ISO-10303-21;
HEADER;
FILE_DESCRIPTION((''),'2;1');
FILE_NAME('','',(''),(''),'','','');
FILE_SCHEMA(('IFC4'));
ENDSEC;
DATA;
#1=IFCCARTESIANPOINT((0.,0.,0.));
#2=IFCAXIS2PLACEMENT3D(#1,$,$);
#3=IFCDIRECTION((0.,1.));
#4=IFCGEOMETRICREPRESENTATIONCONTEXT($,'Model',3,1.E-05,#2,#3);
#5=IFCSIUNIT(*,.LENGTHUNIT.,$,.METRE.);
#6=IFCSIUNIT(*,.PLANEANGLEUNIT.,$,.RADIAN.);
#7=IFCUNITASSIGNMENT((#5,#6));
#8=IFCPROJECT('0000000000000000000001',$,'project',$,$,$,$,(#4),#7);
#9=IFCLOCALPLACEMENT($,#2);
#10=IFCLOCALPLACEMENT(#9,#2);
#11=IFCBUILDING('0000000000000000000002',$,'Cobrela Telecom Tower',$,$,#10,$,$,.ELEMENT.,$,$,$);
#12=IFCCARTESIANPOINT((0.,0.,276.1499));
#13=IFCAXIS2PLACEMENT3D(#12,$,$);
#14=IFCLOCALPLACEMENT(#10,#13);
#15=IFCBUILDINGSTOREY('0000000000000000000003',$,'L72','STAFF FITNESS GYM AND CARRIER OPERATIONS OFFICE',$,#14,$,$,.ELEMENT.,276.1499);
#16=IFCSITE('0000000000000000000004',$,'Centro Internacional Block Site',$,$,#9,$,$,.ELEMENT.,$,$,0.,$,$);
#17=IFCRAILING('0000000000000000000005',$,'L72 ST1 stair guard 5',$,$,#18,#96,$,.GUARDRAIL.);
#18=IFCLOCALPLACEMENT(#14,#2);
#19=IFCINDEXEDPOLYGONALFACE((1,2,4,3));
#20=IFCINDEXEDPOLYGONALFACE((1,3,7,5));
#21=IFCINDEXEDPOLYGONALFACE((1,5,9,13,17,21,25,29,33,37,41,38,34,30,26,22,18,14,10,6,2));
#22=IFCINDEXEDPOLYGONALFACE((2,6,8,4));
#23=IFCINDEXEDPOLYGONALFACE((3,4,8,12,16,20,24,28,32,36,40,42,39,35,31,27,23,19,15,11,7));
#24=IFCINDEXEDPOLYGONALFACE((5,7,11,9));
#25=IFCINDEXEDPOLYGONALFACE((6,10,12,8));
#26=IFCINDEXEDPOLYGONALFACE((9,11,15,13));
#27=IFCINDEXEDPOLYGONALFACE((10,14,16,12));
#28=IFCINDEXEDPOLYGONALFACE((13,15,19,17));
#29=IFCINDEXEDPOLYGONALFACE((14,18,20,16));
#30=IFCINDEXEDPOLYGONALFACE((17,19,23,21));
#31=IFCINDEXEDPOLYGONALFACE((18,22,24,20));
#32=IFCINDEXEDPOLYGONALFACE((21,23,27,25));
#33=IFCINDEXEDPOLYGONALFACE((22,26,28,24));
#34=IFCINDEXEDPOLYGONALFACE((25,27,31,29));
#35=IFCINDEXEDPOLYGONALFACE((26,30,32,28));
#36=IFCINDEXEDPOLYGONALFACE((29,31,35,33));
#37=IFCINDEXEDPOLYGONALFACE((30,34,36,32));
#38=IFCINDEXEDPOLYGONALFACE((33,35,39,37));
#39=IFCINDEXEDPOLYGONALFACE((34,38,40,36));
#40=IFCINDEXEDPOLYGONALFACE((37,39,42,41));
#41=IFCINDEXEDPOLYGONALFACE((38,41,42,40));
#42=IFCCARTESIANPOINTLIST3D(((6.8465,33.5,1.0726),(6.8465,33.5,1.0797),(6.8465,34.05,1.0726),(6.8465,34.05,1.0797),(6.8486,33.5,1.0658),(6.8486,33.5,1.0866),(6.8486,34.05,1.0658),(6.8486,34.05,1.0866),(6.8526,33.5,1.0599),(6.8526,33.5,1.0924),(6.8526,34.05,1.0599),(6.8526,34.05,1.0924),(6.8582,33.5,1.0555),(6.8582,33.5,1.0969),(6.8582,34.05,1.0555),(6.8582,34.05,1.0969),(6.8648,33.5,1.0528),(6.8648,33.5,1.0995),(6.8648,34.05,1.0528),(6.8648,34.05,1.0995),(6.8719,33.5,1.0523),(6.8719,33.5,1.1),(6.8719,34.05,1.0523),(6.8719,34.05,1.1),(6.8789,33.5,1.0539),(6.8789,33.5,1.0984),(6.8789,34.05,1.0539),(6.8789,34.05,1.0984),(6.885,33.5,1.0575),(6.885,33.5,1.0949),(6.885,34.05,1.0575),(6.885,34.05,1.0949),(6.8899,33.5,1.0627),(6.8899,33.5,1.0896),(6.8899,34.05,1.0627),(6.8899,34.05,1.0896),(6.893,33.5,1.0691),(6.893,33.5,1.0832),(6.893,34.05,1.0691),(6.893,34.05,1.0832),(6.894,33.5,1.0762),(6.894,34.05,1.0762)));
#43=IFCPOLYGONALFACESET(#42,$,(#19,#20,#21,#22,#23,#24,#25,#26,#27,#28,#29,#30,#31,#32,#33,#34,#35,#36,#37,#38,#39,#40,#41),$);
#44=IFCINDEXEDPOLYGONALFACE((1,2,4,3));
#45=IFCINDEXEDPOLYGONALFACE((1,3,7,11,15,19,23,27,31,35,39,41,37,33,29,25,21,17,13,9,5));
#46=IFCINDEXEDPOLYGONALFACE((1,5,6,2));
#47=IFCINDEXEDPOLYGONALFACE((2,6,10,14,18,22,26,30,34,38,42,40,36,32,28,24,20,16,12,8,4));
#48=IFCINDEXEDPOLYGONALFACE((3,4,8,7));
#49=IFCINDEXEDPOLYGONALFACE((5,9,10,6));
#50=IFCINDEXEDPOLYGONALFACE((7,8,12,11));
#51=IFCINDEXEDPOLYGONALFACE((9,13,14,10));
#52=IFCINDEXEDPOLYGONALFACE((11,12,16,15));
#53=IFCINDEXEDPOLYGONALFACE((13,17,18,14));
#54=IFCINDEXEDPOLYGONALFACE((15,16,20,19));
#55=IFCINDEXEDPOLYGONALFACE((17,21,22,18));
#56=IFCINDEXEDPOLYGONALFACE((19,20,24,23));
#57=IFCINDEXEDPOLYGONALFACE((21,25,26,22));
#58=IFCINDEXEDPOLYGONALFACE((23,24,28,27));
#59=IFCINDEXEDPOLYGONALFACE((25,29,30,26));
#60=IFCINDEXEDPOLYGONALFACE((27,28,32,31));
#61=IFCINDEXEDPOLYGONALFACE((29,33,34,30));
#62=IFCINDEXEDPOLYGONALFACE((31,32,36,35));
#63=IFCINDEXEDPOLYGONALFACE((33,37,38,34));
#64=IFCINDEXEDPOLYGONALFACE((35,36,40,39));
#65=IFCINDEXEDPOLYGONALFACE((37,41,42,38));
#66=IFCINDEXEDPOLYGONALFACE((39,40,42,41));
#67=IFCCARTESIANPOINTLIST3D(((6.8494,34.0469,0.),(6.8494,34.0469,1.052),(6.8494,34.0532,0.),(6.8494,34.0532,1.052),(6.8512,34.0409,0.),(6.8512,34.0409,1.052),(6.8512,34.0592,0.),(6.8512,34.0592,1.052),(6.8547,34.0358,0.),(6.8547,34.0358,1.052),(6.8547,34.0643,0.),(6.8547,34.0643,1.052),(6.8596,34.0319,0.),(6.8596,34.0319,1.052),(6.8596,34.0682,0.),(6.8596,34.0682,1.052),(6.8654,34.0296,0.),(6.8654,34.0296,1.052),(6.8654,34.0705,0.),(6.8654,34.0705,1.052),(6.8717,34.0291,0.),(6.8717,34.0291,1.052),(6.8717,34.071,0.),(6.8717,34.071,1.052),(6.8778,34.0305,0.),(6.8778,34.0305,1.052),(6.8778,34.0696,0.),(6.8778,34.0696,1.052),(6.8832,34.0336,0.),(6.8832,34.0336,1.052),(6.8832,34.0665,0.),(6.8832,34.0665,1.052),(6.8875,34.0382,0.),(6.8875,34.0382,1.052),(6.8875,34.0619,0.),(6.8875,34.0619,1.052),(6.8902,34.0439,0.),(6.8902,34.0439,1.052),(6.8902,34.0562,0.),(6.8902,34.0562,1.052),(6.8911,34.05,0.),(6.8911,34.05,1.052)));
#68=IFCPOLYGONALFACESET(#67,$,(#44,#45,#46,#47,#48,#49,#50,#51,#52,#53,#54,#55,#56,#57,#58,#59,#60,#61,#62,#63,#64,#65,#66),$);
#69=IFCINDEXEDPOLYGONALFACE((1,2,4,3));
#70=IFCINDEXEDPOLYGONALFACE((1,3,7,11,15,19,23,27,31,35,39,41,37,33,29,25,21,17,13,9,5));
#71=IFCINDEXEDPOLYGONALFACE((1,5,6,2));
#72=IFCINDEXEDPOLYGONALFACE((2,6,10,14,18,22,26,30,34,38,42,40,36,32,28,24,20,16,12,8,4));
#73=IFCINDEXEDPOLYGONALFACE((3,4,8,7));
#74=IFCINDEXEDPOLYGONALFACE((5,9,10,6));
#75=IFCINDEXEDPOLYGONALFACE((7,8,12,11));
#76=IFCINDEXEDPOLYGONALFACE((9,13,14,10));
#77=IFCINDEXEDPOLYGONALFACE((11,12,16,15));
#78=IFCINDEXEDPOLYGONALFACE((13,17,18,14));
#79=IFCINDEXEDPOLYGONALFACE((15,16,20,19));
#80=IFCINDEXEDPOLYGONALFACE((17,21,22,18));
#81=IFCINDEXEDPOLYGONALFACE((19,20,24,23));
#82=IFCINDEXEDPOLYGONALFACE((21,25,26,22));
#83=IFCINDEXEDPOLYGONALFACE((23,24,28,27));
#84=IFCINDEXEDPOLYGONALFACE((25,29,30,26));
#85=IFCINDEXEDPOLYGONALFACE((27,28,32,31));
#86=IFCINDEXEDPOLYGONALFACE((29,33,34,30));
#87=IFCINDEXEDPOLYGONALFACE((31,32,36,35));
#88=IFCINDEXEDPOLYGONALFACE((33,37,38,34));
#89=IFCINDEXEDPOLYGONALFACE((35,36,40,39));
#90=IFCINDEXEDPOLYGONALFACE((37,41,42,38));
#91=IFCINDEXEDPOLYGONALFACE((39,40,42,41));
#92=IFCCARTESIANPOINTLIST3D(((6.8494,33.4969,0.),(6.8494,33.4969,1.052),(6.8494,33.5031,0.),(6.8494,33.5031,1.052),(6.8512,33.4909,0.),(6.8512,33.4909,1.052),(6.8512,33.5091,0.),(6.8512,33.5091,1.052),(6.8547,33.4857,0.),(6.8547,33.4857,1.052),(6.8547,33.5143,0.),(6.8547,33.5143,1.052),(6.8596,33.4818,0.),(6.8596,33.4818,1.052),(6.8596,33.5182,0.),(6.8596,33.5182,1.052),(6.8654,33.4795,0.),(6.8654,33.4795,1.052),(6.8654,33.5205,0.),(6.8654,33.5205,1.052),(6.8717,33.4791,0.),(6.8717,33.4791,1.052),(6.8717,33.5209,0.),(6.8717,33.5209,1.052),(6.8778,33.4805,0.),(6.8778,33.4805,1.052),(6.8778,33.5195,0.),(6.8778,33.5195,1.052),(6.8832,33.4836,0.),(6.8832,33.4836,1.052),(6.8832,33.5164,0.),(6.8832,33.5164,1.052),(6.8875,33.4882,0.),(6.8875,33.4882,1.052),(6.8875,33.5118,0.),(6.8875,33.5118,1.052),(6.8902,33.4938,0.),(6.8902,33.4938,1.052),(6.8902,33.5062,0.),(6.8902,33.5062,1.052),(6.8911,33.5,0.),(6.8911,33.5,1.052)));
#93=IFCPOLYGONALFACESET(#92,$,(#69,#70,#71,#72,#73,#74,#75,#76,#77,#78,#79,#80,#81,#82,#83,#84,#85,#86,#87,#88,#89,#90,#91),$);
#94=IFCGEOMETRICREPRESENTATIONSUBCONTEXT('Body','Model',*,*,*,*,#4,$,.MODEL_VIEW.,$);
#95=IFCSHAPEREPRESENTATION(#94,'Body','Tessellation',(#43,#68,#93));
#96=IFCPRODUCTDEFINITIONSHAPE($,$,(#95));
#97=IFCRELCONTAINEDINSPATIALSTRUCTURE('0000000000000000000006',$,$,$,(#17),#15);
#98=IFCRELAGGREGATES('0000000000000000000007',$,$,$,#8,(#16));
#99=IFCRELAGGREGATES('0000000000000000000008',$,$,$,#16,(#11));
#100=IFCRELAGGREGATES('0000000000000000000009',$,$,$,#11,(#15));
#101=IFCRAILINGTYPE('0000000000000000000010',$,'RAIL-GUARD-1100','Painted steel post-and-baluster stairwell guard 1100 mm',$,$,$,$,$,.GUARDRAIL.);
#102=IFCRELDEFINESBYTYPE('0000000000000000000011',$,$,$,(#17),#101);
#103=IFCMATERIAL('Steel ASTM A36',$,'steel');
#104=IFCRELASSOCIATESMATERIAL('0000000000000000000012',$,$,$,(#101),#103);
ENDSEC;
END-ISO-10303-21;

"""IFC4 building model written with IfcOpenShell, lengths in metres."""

from ifc_helpers import new_model, si_unit, direction, frame, origin, origin_2d, place, context, subcontext, project, spatial, circle, extrude, material, type_object, element, save


model = new_model("IFC4")

# Units and contexts
model_context = context("Model", 3, precision=1e-05, world=origin(), true_north=direction((0.0, 1.0)))
body_context = subcontext(model_context, "Body", "Model", "MODEL_VIEW")
ifc_project = project(units=[si_unit("LENGTHUNIT", "METRE"), si_unit("PLANEANGLEUNIT", "RADIAN")], contexts=[model_context])

# Site, building, storey
site_placement = place(None, origin())
site = spatial("IfcSite", under=ifc_project, at=site_placement, Name="Centro Internacional Block Site", CompositionType="ELEMENT", RefElevation=0.0)
building_placement = place(site_placement, origin())
building = spatial("IfcBuilding", under=site, at=building_placement, Name="Cobrela Telecom Tower", CompositionType="ELEMENT")
storey_placement = place(building_placement, frame((0.0, 0.0, 276.1499)))
storey = spatial("IfcBuildingStorey", under=building, at=storey_placement, Name="L72", Description="STAFF FITNESS GYM AND CARRIER OPERATIONS OFFICE", CompositionType="ELEMENT", Elevation=276.1499)

# Shared definitions
ifc_material_1 = material(Name="Steel ASTM A36", Category="steel")

# Railing
railing_type_1 = type_object("IfcRailingType", Name="RAIL-GUARD-1100", Description="Painted steel post-and-baluster stairwell guard 1100 mm", PredefinedType="GUARDRAIL", material=ifc_material_1)
railing_1_placement = place(storey_placement, frame((6.8701, 34.05, 0.0)))
element("IfcRailing", 1, at=railing_1_placement, inside=storey, type_object=railing_type_1, Name="L72 ST1 stair guard 5", PredefinedType="GUARDRAIL", context=body_context, shape_type="SweptSolid", body=[
    extrude(circle(Radius=0.0239, at=origin_2d()), frame((0.0, 0.0, 1.0762), z_axis=(0.0, -1.0, 0.0), x_axis=(1.0, 0.0, 0.0)), (0.0, 0.0, 1.0), 0.55),
    extrude(circle(Radius=0.021, at=origin_2d()), origin(), (0.0, 0.0, 1.0), 1.052),
    extrude(circle(Radius=0.021, at=origin_2d()), frame((0.0, -0.55, 0.0)), (0.0, 0.0, 1.0), 1.052),
])

save(model, "model.ifc")
